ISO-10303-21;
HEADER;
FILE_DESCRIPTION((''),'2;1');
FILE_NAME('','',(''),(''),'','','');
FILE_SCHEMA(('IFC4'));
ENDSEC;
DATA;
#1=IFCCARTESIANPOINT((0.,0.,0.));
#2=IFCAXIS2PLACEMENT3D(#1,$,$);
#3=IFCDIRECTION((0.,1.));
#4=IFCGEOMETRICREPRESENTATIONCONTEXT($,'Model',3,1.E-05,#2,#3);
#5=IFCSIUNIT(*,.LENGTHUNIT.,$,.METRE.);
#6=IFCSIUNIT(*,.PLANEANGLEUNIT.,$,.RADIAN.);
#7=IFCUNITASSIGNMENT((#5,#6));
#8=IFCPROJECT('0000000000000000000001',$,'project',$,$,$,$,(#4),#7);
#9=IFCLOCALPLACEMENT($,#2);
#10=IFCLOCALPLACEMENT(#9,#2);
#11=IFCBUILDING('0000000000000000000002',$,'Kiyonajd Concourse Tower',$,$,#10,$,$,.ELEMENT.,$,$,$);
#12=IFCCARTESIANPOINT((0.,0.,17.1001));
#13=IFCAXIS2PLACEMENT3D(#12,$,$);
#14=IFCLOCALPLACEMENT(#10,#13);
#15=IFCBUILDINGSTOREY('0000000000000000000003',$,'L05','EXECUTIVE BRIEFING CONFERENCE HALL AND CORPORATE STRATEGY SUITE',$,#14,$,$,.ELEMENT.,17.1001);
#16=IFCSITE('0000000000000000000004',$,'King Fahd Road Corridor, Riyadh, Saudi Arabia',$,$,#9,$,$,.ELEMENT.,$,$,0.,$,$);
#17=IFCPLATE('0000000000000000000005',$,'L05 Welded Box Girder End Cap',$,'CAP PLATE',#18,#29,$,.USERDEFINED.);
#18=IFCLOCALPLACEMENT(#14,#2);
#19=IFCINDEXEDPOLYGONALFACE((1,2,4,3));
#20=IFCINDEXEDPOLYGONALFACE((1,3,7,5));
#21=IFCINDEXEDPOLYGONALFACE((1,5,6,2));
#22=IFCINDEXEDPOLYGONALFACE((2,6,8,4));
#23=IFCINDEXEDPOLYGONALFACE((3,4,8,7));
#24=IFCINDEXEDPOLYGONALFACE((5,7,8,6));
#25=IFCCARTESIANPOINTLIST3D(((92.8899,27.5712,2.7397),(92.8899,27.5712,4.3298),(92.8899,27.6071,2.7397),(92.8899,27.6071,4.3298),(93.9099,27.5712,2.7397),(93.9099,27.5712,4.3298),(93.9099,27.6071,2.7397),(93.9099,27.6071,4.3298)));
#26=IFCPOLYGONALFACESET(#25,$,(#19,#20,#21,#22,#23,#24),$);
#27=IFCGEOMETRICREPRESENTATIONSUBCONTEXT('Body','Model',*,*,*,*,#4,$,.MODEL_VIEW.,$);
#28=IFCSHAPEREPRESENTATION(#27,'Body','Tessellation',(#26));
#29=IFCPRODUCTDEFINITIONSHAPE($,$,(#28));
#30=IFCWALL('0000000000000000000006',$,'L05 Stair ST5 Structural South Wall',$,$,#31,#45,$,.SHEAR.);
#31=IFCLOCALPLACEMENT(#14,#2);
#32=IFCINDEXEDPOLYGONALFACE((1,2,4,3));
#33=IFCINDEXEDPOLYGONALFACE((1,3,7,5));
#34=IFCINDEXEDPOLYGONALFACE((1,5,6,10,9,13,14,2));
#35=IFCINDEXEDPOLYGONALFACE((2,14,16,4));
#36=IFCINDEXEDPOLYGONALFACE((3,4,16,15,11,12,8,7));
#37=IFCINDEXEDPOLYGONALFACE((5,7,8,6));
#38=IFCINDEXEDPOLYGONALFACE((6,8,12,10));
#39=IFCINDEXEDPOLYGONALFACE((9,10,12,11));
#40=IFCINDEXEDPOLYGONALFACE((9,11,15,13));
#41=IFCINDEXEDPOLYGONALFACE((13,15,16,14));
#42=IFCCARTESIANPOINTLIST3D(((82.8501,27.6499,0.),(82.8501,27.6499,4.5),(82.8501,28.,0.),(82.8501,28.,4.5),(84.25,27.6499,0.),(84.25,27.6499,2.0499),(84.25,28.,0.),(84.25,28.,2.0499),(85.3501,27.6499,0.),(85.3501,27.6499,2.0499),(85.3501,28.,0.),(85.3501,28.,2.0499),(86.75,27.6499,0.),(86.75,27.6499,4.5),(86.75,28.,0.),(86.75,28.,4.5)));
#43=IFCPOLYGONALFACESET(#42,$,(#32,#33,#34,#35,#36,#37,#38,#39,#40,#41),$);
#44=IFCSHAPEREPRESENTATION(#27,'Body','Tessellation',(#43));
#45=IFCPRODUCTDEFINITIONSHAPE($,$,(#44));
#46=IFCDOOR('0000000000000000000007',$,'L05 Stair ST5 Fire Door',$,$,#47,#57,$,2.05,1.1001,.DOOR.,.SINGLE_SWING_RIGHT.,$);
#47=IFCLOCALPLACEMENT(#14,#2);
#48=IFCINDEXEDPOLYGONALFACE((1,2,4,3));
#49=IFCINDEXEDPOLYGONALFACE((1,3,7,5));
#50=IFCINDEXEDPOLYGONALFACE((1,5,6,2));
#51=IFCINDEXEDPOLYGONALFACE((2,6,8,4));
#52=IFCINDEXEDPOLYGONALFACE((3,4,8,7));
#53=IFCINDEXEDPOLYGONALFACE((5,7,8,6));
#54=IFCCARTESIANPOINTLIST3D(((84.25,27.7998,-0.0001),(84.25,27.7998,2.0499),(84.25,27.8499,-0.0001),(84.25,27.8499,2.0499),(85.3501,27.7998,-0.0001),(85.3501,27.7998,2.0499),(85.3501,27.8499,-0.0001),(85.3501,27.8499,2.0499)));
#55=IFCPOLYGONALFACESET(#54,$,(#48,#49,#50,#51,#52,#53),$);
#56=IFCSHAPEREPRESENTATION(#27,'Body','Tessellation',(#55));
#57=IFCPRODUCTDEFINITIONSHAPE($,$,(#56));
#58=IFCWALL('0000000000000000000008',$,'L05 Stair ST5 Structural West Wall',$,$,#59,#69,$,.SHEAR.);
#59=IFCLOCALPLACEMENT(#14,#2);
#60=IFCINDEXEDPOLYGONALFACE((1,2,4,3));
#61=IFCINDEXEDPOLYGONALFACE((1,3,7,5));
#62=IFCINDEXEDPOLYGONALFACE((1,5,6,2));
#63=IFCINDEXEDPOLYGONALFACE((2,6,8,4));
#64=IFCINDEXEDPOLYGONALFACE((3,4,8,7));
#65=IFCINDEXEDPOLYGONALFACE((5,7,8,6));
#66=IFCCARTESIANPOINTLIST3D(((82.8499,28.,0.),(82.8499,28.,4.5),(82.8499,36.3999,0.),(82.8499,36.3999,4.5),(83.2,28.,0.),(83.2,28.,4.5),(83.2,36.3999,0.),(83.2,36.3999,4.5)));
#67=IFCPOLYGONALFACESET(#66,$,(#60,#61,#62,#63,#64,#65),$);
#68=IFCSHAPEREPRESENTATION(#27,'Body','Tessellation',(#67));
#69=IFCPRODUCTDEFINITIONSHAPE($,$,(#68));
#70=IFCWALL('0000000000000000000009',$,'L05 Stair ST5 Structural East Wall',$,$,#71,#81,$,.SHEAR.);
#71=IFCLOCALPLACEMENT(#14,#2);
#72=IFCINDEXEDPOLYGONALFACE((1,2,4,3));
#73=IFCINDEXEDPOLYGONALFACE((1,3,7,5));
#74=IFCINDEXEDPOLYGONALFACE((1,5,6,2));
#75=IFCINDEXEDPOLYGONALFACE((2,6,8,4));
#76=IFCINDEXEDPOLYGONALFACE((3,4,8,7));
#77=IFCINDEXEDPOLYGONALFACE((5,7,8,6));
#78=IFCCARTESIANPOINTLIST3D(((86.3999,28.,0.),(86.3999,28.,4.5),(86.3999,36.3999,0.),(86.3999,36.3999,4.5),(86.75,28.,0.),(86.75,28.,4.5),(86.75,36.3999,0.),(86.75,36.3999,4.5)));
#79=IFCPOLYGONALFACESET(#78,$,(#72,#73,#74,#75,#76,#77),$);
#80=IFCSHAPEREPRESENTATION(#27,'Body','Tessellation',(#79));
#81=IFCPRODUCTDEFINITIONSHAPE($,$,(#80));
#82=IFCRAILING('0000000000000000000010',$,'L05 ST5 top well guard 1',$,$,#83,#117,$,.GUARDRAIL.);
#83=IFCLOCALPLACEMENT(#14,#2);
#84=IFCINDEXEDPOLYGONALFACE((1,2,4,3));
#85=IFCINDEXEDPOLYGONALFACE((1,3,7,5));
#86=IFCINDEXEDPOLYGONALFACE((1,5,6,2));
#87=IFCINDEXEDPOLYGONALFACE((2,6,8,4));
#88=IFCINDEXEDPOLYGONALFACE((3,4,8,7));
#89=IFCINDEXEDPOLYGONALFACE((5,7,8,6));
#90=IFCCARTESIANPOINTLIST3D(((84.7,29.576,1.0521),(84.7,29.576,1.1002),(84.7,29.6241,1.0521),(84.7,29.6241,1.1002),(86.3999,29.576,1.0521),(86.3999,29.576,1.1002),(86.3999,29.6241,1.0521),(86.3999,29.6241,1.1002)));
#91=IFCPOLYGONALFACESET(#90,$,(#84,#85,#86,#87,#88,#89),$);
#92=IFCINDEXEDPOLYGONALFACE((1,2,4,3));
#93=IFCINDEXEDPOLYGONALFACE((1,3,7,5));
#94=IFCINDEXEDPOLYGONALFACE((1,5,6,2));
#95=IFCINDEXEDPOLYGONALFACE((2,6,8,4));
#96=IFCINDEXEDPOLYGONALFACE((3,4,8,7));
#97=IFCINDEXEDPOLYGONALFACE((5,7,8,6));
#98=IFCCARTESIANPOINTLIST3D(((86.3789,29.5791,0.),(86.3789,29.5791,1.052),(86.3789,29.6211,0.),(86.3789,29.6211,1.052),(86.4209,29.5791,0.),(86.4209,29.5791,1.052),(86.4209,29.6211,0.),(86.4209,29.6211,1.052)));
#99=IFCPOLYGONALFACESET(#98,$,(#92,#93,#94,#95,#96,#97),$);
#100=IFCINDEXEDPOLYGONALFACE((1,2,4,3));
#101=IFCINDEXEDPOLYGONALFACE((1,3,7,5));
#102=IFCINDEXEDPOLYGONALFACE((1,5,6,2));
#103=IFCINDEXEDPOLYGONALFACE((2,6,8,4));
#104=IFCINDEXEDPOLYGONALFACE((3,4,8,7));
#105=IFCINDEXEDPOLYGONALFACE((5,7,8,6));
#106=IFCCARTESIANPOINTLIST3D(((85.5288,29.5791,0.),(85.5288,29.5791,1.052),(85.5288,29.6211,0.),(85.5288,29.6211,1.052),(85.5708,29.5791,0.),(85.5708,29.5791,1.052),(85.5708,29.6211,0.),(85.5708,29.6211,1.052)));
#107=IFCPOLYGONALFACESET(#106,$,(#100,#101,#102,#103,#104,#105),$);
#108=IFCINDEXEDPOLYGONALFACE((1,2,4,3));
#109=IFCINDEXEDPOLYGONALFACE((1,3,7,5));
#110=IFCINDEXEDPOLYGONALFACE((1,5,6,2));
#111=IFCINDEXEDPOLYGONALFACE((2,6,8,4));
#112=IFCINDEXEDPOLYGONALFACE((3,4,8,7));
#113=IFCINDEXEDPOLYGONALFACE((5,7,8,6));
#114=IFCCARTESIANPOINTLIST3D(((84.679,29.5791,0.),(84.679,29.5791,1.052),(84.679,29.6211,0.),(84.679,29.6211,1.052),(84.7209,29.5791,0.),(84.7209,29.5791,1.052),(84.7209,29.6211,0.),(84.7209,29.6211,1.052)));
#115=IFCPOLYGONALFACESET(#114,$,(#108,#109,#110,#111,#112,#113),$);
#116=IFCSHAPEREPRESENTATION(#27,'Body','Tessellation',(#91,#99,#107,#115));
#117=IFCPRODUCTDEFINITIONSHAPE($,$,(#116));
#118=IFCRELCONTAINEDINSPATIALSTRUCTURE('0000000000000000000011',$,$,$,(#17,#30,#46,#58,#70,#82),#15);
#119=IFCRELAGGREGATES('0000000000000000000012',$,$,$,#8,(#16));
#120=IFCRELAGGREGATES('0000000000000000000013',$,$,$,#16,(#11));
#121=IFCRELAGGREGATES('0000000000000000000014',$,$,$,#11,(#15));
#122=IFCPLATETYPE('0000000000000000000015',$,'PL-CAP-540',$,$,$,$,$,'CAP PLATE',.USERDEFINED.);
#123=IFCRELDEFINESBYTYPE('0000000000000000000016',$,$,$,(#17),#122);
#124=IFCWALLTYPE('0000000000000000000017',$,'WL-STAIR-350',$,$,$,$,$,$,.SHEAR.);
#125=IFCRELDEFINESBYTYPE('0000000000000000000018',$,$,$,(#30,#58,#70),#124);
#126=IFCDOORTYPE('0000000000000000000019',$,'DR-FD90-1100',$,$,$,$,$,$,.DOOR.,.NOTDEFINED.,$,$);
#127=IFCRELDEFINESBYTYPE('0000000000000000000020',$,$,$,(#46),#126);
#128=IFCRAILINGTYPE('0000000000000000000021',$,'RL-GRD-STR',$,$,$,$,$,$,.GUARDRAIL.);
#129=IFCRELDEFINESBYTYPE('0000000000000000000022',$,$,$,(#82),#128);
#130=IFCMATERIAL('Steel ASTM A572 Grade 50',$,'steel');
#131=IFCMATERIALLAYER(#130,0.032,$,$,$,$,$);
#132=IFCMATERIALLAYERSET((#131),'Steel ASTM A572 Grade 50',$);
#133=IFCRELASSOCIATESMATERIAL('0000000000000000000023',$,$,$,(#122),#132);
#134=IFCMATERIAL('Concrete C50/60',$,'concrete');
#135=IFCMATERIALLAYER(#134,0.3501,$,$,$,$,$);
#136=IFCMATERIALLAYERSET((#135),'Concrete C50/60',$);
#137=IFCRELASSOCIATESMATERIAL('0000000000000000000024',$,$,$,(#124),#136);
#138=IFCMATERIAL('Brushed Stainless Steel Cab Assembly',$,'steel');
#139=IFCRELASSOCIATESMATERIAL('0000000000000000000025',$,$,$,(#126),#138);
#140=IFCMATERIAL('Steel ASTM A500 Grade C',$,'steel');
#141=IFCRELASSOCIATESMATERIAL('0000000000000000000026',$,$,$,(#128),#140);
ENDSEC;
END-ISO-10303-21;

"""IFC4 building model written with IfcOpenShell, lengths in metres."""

from ifc_helpers import new_model, si_unit, direction, frame, frame_2d, origin, origin_2d, place, context, subcontext, project, spatial, rectangle, extrude, material, layer, layer_set, type_object, element, fill, save


model = new_model("IFC4")

# Units and contexts
model_context = context("Model", 3, precision=1e-05, world=origin(), true_north=direction((0.0, 1.0)))
body_context = subcontext(model_context, "Body", "Model", "MODEL_VIEW")
ifc_project = project(units=[si_unit("LENGTHUNIT", "METRE"), si_unit("PLANEANGLEUNIT", "RADIAN")], contexts=[model_context])

# Site, building, storey
site_placement = place(None, origin())
site = spatial("IfcSite", under=ifc_project, at=site_placement, Name="King Fahd Road Corridor, Riyadh, Saudi Arabia", CompositionType="ELEMENT", RefElevation=0.0)
building_placement = place(site_placement, origin())
building = spatial("IfcBuilding", under=site, at=building_placement, Name="Kiyonajd Concourse Tower", CompositionType="ELEMENT")
storey_placement = place(building_placement, frame((0.0, 0.0, 17.1001)))
storey = spatial("IfcBuildingStorey", under=building, at=storey_placement, Name="L05", Description="EXECUTIVE BRIEFING CONFERENCE HALL AND CORPORATE STRATEGY SUITE", CompositionType="ELEMENT", Elevation=17.1001)

# Shared definitions
ifc_material_1 = material(Name="Concrete C50/60", Category="concrete")
ifc_material_2 = material(Name="Steel ASTM A572 Grade 50", Category="steel")

# Plate
ifc_layer_1 = layer(ifc_material_2, 0.032)
ifc_layer_set_1 = layer_set([ifc_layer_1], Name="Steel ASTM A572 Grade 50")
plate_type = type_object("IfcPlateType", Name="PL-CAP-540", ElementType="CAP PLATE", PredefinedType="USERDEFINED", material=ifc_layer_set_1)
for number, where, z_axis, x_axis, name in (
    (1, (93.3999, 27.5891, 2.7397), (0.0, 0.0, 1.0), (0.0, -1.0, 0.0), "L05 Welded Box Girder End Cap"),
):
    element("IfcPlate", number, at=place(storey_placement, frame(where, z_axis=z_axis, x_axis=x_axis)), inside=storey, type_object=plate_type, Name=name, ObjectType="CAP PLATE", PredefinedType="USERDEFINED", context=body_context, shape_type="SweptSolid", body=[
        extrude(rectangle(XDim=0.0359, YDim=1.02, at=origin_2d()), origin(), (0.0, 0.0, 1.0), 1.5901),
    ])

# Wall, opening, door
ifc_layer_2 = layer(ifc_material_1, 0.3501)
ifc_layer_set_2 = layer_set([ifc_layer_2], Name="Concrete C50/60")
wall_type = type_object("IfcWallType", Name="WL-STAIR-350", PredefinedType="SHEAR", material=ifc_layer_set_2)
wall_placement = place(storey_placement, frame((82.8501, 27.825, 0.0), z_axis=(0.0, 0.0, 1.0), x_axis=(1.0, 0.0, 0.0)))
wall = element("IfcWall", 2, at=wall_placement, inside=storey, type_object=wall_type, Name="L05 Stair ST5 Structural South Wall", PredefinedType="SHEAR", context=body_context, shape_type="SweptSolid", body=[
    extrude(rectangle(XDim=3.8999, YDim=0.3501, at=frame_2d((1.95, 0.0))), origin(), (0.0, 0.0, 1.0), 4.5),
])
opening_placement = place(wall_placement, frame((1.3999, 0.0, 0.0)))
opening = element("IfcOpeningElement", 3, at=opening_placement, cuts=wall, PredefinedType="OPENING", context=body_context, shape_type="SweptSolid", body=[
    extrude(rectangle(XDim=1.1001, YDim=2.05, at=frame_2d((0.55, 1.0249))), frame((0.0, 0.1851, 0.0), z_axis=(0.0, -1.0, 0.0), x_axis=(1.0, 0.0, 0.0)), (0.0, 0.0, 1.0), 0.3701),
])
ifc_material_3 = material(Name="Brushed Stainless Steel Cab Assembly", Category="steel")
door_type = type_object("IfcDoorType", Name="DR-FD90-1100", OperationType="NOTDEFINED", PredefinedType="DOOR", material=ifc_material_3)
door_placement = place(opening_placement, origin())
door = element("IfcDoor", 4, at=door_placement, inside=storey, type_object=door_type, Name="L05 Stair ST5 Fire Door", OperationType="SINGLE_SWING_RIGHT", OverallHeight=2.05, OverallWidth=1.1001, PredefinedType="DOOR", context=body_context, shape_type="SweptSolid", body=[
    extrude(rectangle(XDim=1.1001, YDim=2.05, at=frame_2d((0.55, 1.0249))), frame((0.0, 0.0249, 0.0), z_axis=(0.0, -1.0, 0.0), x_axis=(1.0, 0.0, 0.0)), (0.0, 0.0, 1.0), 0.05),
])
fill(opening, door)

# Walls
for number, where, z_axis, x_axis, name in (
    (5, (83.0249, 28.0, 0.0), (0.0, 0.0, 1.0), (0.0, 1.0, 0.0), "L05 Stair ST5 Structural West Wall"),
    (6, (86.575, 28.0, 0.0), (0.0, 0.0, 1.0), (0.0, 1.0, 0.0), "L05 Stair ST5 Structural East Wall"),
):
    element("IfcWall", number, at=place(storey_placement, frame(where, z_axis=z_axis, x_axis=x_axis)), inside=storey, type_object=wall_type, Name=name, PredefinedType="SHEAR", context=body_context, shape_type="SweptSolid", body=[
        extrude(rectangle(XDim=8.3999, YDim=0.3501, at=frame_2d((4.2, 0.0))), origin(), (0.0, 0.0, 1.0), 4.5),
    ])

# Railing
ifc_material_4 = material(Name="Steel ASTM A500 Grade C", Category="steel")
railing_type = type_object("IfcRailingType", Name="RL-GRD-STR", PredefinedType="GUARDRAIL", material=ifc_material_4)
railing_placement = place(storey_placement, frame((86.3999, 29.6001, 0.0)))
element("IfcRailing", 7, at=railing_placement, inside=storey, type_object=railing_type, Name="L05 ST5 top well guard 1", PredefinedType="GUARDRAIL", context=body_context, shape_type="SweptSolid", body=[
    extrude(rectangle(XDim=0.0481, YDim=0.0481, at=origin_2d()), frame((0.0, 0.0, 1.0762), z_axis=(-1.0, 0.0, 0.0), x_axis=(0.0, -1.0, 0.0)), (0.0, 0.0, 1.0), 1.7),
    extrude(rectangle(XDim=0.042, YDim=0.042, at=origin_2d()), origin(), (0.0, 0.0, 1.0), 1.052),
    extrude(rectangle(XDim=0.042, YDim=0.042, at=origin_2d()), frame((-0.8501, 0.0, 0.0)), (0.0, 0.0, 1.0), 1.052),
    extrude(rectangle(XDim=0.042, YDim=0.042, at=origin_2d()), frame((-1.7, 0.0, 0.0)), (0.0, 0.0, 1.0), 1.052),
])

save(model, "model.ifc")
